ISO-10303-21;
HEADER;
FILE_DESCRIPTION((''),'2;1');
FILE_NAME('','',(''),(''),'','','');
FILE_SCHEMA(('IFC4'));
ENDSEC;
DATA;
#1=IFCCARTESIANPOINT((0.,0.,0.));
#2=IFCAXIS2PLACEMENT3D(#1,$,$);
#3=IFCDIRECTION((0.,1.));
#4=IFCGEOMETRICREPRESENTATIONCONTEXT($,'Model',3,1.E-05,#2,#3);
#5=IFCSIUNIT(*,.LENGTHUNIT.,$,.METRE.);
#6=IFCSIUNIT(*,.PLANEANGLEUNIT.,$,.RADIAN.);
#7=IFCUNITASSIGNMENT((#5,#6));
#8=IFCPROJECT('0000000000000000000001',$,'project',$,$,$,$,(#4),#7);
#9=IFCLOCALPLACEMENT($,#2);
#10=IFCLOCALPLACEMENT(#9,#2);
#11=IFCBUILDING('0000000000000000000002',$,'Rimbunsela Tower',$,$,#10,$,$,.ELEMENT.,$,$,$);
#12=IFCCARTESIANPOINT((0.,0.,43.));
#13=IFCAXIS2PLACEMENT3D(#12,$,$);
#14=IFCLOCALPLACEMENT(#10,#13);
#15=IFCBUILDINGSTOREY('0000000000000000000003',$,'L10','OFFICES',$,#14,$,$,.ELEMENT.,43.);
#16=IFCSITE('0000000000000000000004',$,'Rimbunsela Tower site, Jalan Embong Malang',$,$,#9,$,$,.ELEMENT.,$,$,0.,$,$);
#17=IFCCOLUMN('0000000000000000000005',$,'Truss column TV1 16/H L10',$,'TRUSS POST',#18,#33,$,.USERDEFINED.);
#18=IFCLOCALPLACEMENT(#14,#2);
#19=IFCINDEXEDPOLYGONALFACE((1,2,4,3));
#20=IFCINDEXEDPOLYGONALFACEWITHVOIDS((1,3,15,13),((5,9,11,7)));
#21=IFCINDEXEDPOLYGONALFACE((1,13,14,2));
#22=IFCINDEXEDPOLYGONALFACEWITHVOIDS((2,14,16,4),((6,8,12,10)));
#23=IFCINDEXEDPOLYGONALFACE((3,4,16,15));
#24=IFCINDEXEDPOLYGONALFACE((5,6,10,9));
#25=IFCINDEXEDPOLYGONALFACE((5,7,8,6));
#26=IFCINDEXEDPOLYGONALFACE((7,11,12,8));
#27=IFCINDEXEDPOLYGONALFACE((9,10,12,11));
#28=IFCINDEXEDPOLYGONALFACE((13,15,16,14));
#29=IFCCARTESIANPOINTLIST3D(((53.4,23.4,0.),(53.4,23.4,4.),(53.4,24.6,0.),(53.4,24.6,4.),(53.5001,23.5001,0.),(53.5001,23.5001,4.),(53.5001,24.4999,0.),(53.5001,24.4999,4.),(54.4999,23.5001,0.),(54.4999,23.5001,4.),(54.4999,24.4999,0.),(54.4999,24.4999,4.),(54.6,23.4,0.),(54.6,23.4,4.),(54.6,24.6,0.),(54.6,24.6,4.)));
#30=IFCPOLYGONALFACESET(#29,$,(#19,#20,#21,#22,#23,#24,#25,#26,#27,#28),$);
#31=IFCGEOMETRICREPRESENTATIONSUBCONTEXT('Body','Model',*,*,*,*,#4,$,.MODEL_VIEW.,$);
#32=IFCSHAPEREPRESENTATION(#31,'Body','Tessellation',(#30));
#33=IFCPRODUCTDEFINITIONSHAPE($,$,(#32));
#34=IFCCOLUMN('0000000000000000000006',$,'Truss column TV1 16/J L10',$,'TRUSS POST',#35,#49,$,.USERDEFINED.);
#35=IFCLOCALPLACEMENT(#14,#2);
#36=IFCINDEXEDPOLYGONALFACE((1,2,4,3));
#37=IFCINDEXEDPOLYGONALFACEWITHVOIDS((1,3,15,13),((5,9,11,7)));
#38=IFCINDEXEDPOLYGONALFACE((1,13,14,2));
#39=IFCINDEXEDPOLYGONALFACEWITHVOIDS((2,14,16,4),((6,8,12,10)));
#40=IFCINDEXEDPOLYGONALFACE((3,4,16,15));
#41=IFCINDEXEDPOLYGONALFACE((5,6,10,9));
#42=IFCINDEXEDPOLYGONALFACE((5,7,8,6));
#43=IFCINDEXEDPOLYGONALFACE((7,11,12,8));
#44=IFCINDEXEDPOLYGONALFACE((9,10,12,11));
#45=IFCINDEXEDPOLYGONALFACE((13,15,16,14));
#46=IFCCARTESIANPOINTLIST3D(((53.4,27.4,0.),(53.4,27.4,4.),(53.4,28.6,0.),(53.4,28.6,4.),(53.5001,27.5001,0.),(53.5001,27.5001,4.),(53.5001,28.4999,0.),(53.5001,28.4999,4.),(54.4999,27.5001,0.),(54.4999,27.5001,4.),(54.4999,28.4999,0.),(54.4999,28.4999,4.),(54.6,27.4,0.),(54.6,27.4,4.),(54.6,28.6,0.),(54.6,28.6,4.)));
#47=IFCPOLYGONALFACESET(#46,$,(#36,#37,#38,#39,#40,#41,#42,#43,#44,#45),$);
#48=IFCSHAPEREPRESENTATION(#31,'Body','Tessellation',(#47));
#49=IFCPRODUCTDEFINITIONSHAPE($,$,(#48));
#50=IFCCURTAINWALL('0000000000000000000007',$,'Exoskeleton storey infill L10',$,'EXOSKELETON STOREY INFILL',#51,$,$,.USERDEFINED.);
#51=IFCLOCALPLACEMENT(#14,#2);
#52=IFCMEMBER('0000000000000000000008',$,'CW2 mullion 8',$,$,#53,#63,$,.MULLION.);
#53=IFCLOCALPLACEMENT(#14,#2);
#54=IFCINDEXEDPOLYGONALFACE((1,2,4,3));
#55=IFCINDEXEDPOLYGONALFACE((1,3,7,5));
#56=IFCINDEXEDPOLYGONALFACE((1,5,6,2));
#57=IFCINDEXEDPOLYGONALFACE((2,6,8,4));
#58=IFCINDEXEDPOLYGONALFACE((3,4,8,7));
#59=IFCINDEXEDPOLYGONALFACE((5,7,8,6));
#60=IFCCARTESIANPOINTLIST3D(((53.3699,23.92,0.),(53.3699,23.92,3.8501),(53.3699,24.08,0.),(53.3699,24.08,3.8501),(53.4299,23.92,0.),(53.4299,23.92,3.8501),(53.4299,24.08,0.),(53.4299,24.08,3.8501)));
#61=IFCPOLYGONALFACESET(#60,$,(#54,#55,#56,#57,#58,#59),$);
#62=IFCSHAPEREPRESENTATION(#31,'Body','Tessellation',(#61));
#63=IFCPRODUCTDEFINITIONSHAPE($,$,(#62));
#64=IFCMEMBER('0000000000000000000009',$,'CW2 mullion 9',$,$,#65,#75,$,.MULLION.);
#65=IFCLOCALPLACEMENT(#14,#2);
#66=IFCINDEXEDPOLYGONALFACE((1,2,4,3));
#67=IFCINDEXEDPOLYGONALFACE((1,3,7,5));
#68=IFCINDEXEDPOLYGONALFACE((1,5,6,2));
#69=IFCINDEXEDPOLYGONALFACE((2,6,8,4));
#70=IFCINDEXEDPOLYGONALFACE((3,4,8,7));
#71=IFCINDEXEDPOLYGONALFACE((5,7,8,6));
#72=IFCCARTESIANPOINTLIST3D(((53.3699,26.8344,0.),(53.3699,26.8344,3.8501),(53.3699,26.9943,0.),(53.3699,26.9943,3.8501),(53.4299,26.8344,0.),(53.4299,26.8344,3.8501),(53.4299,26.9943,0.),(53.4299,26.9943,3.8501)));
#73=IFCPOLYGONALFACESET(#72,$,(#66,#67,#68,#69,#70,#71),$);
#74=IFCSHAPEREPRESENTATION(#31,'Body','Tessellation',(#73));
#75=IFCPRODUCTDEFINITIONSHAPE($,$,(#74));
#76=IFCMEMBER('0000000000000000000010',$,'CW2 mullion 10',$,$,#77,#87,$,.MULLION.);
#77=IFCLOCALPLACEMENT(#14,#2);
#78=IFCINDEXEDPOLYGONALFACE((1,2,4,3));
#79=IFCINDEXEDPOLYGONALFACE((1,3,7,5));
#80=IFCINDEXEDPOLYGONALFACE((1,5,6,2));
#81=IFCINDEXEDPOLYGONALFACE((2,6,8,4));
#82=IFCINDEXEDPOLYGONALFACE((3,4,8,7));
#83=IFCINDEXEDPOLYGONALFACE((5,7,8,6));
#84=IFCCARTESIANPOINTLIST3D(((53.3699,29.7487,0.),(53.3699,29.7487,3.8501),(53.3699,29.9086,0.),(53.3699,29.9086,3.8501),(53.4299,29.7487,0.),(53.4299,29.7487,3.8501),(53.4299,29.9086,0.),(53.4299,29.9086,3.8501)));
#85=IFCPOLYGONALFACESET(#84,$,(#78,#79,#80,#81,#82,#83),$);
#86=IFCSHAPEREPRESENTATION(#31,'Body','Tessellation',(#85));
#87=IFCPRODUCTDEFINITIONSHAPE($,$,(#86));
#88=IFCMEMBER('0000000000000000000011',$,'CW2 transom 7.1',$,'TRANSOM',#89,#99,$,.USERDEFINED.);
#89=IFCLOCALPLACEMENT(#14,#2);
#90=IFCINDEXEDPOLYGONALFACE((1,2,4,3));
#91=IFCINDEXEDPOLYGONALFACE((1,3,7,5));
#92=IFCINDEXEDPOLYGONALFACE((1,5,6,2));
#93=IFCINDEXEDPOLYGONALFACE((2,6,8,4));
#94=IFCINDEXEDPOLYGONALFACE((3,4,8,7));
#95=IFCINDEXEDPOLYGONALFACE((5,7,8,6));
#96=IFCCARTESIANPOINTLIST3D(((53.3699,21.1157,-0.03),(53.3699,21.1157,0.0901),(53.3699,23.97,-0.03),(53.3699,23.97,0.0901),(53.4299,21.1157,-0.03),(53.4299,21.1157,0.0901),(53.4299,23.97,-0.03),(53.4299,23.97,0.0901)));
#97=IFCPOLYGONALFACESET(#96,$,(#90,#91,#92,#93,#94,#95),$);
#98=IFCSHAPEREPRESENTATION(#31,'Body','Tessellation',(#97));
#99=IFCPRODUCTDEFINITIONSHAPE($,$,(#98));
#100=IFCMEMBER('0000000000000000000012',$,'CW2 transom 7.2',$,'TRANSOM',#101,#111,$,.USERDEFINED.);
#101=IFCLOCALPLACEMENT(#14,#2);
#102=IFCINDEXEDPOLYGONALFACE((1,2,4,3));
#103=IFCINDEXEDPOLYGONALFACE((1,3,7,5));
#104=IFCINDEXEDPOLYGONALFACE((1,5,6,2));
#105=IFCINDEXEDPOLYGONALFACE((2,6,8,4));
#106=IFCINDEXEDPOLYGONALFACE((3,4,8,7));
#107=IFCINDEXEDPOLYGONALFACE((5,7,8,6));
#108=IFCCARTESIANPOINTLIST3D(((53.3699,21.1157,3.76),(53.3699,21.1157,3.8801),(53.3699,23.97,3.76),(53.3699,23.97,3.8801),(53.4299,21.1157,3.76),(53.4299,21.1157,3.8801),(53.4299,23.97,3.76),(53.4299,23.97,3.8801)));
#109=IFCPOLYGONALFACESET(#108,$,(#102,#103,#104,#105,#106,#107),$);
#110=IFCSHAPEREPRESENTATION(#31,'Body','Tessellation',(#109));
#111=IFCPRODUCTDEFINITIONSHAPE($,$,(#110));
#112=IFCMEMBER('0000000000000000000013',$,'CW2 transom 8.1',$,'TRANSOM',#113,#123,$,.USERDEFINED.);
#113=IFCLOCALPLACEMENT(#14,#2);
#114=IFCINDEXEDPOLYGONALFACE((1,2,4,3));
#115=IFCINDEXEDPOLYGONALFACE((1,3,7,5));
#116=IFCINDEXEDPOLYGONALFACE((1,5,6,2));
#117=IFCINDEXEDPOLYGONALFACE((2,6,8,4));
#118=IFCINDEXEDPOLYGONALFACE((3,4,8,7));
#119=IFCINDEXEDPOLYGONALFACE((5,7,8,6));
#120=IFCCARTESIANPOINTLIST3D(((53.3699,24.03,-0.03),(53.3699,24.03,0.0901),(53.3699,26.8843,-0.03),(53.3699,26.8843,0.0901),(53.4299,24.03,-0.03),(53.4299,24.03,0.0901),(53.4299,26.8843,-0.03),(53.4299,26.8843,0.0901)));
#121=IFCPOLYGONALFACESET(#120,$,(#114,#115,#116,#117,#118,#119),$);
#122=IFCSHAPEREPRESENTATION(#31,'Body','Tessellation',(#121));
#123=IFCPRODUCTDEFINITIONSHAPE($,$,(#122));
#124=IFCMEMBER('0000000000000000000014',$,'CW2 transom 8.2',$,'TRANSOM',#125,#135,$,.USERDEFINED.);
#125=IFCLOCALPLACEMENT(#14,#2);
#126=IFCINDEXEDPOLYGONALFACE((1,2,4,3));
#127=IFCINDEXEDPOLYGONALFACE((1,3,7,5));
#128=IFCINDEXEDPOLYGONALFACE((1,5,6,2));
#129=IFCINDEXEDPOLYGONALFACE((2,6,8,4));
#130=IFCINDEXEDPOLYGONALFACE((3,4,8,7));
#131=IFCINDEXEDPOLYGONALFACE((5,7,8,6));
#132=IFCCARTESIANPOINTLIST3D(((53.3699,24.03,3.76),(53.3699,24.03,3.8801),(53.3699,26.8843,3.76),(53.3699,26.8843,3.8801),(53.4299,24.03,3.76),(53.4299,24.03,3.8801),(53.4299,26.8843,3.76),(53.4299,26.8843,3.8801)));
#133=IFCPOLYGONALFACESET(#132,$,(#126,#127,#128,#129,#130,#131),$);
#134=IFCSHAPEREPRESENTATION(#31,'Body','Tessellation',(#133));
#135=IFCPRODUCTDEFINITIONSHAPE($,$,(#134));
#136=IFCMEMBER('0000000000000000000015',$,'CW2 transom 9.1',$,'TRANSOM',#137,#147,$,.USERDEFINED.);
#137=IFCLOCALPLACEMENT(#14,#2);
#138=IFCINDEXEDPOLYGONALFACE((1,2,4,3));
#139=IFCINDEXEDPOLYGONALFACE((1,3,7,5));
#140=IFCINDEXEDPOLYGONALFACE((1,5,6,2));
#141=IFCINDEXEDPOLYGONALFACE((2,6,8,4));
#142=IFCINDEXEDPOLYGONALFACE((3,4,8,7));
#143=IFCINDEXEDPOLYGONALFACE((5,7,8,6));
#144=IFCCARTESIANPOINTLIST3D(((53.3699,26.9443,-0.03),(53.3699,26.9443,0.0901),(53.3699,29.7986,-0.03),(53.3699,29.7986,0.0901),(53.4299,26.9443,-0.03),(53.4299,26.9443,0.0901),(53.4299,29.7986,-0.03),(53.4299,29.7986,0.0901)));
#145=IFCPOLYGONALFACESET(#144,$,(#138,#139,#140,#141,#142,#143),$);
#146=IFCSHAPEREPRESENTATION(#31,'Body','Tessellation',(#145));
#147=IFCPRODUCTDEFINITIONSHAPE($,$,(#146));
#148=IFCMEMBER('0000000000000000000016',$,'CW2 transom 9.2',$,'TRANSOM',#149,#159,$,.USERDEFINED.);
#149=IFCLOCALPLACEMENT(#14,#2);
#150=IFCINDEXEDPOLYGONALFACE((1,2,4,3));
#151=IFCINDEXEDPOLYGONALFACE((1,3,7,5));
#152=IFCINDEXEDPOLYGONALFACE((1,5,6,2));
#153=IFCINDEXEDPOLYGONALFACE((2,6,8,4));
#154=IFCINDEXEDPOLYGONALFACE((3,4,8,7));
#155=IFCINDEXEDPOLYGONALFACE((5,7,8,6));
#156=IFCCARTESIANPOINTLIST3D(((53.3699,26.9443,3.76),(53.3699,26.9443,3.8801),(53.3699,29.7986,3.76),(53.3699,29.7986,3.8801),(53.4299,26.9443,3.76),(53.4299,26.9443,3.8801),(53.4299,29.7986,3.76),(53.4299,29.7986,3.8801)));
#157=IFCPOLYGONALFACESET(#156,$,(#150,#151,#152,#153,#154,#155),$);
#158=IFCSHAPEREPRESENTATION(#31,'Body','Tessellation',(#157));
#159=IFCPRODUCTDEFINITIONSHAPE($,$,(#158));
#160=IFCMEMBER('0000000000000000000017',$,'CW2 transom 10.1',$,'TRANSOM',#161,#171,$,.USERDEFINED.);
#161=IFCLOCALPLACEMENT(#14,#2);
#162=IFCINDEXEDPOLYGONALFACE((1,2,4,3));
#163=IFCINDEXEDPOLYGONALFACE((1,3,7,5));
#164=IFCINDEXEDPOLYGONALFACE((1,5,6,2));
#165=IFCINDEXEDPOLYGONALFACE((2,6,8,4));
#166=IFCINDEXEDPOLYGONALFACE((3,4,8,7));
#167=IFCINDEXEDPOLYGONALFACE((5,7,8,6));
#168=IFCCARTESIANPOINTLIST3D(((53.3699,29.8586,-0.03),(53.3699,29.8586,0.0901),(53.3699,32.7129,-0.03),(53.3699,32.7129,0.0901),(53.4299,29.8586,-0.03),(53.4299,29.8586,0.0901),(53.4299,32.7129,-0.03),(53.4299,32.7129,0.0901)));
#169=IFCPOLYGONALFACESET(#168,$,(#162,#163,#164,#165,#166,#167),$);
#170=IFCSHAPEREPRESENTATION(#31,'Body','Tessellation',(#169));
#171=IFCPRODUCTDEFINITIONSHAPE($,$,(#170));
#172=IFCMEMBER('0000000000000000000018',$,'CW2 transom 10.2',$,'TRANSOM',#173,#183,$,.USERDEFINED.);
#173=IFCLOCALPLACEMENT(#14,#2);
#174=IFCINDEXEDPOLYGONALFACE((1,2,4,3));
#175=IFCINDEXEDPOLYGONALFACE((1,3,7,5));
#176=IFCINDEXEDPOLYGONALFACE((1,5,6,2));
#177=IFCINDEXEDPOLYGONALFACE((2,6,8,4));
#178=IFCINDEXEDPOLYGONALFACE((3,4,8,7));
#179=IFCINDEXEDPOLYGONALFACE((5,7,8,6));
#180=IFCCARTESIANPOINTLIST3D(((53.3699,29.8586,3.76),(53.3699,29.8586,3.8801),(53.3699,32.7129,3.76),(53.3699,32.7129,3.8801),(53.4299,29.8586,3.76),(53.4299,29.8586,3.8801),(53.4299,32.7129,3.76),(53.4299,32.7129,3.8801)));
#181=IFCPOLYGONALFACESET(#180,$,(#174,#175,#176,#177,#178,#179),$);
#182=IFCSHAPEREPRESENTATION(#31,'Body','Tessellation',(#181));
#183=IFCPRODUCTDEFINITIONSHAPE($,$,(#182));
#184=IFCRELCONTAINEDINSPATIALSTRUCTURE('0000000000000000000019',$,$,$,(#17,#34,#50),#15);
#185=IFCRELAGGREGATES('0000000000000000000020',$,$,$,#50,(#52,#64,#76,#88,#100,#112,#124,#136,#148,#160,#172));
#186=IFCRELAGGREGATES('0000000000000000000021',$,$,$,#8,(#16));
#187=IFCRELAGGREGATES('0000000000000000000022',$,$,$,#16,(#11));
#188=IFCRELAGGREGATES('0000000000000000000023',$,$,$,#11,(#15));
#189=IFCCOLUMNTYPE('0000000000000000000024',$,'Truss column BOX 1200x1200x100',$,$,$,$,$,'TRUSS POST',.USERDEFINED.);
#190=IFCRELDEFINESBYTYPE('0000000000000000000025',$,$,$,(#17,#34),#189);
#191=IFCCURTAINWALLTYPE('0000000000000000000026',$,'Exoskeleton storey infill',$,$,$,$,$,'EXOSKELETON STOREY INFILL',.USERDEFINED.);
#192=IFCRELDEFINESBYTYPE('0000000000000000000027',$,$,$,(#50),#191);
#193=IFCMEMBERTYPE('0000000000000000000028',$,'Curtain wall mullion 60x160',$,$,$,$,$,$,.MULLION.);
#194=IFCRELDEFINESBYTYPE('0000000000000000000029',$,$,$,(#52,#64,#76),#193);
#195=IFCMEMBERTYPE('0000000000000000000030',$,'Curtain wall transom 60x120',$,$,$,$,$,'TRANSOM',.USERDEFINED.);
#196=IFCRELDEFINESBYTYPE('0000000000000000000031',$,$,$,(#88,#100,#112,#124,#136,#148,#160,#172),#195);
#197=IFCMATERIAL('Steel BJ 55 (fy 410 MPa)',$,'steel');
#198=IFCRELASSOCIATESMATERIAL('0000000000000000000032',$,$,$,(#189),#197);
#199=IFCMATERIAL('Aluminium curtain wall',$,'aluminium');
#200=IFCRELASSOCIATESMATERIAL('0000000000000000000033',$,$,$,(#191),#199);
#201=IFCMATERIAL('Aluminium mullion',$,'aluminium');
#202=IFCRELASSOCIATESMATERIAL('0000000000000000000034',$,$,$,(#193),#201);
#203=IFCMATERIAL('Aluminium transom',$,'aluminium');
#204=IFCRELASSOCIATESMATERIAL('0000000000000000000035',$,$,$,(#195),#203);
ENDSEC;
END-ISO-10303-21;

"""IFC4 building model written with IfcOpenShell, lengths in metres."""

from ifc_helpers import new_model, si_unit, direction, frame, origin, origin_2d, place, context, subcontext, project, spatial, rectangle, hollow_rectangle, extrude, material, material_profile, profile_set, type_object, element, aggregate, save


model = new_model("IFC4")

# Units and contexts
model_context = context("Model", 3, precision=1e-05, world=origin(), true_north=direction((0.0, 1.0)))
body_context = subcontext(model_context, "Body", "Model", "MODEL_VIEW")
ifc_project = project(units=[si_unit("LENGTHUNIT", "METRE"), si_unit("PLANEANGLEUNIT", "RADIAN")], contexts=[model_context])

# Site, building, storey
site_placement = place(None, origin())
site = spatial("IfcSite", under=ifc_project, at=site_placement, Name="Rimbunsela Tower site, Jalan Embong Malang", CompositionType="ELEMENT", RefElevation=0.0)
building_placement = place(site_placement, origin())
building = spatial("IfcBuilding", under=site, at=building_placement, Name="Rimbunsela Tower", CompositionType="ELEMENT")
storey_placement = place(building_placement, frame((0.0, 0.0, 43.0)))
storey = spatial("IfcBuildingStorey", under=building, at=storey_placement, Name="L10", Description="OFFICES", CompositionType="ELEMENT", Elevation=43.0)

# Columns
ifc_material_1 = material(Name="Steel BJ 55 (fy 410 MPa)", Category="steel")
ifc_material_profile_1 = material_profile(ifc_material_1, hollow_rectangle(XDim=1.2, YDim=1.2, WallThickness=0.1001, at=origin_2d()), Name="BOX 1200x1200x100")
ifc_profile_set_1 = profile_set([ifc_material_profile_1], Name="Steel BJ 55 (fy 410 MPa)")
column_type = type_object("IfcColumnType", Name="Truss column BOX 1200x1200x100", ElementType="TRUSS POST", PredefinedType="USERDEFINED", material=ifc_profile_set_1)
for number, where, z_axis, x_axis, name in (
    (1, (54.0, 24.0, 0.0), (0.0, 0.0, 1.0), (1.0, 0.0, 0.0), "Truss column TV1 16/H L10"),
    (2, (54.0, 28.0, 0.0), (0.0, 0.0, 1.0), (1.0, 0.0, 0.0), "Truss column TV1 16/J L10"),
):
    element("IfcColumn", number, at=place(storey_placement, frame(where, z_axis=z_axis, x_axis=x_axis)), inside=storey, type_object=column_type, Name=name, ObjectType="TRUSS POST", PredefinedType="USERDEFINED", context=body_context, shape_type="SweptSolid", body=[
        extrude(hollow_rectangle(XDim=1.2, YDim=1.2, WallThickness=0.1001, at=origin_2d()), origin(), (0.0, 0.0, 1.0), 4.0),
    ])

# Curtain wall, members
ifc_material_2 = material(Name="Aluminium curtain wall", Category="aluminium")
curtain_wall_type = type_object("IfcCurtainWallType", Name="Exoskeleton storey infill", ElementType="EXOSKELETON STOREY INFILL", PredefinedType="USERDEFINED", material=ifc_material_2)
curtain_wall_placement = place(storey_placement, origin())
curtain_wall = element("IfcCurtainWall", 3, at=curtain_wall_placement, inside=storey, type_object=curtain_wall_type, Name="Exoskeleton storey infill L10", ObjectType="EXOSKELETON STOREY INFILL", PredefinedType="USERDEFINED")
ifc_material_3 = material(Name="Aluminium mullion", Category="aluminium")
ifc_material_profile_2 = material_profile(ifc_material_3, rectangle(XDim=0.0601, YDim=0.1599, at=origin_2d()), Name="Mullion 60x160")
ifc_profile_set_2 = profile_set([ifc_material_profile_2], Name="Aluminium mullion")
member_type_1 = type_object("IfcMemberType", Name="Curtain wall mullion 60x160", PredefinedType="MULLION", material=ifc_profile_set_2)
member_1_placement = place(storey_placement, frame((53.3999, 24.0, 0.0), z_axis=(0.0, 0.0, 1.0), x_axis=(-1.0, 0.0, 0.0)))
member_1 = element("IfcMember", 4, at=member_1_placement, type_object=member_type_1, Name="CW2 mullion 8", PredefinedType="MULLION", context=body_context, shape_type="SweptSolid", body=[
    extrude(rectangle(XDim=0.0601, YDim=0.1599, at=origin_2d()), origin(), (0.0, 0.0, 1.0), 3.8501),
])
member_2_placement = place(storey_placement, frame((53.3999, 26.9143, 0.0), z_axis=(0.0, 0.0, 1.0), x_axis=(-1.0, 0.0, 0.0)))
member_2 = element("IfcMember", 5, at=member_2_placement, type_object=member_type_1, Name="CW2 mullion 9", PredefinedType="MULLION", context=body_context, shape_type="SweptSolid", body=[
    extrude(rectangle(XDim=0.0601, YDim=0.1599, at=origin_2d()), origin(), (0.0, 0.0, 1.0), 3.8501),
])
member_3_placement = place(storey_placement, frame((53.3999, 29.8286, 0.0), z_axis=(0.0, 0.0, 1.0), x_axis=(-1.0, 0.0, 0.0)))
member_3 = element("IfcMember", 6, at=member_3_placement, type_object=member_type_1, Name="CW2 mullion 10", PredefinedType="MULLION", context=body_context, shape_type="SweptSolid", body=[
    extrude(rectangle(XDim=0.0601, YDim=0.1599, at=origin_2d()), origin(), (0.0, 0.0, 1.0), 3.8501),
])
ifc_material_4 = material(Name="Aluminium transom", Category="aluminium")
ifc_material_profile_3 = material_profile(ifc_material_4, rectangle(XDim=0.0601, YDim=0.1201, at=origin_2d()), Name="Transom 60x120")
ifc_profile_set_3 = profile_set([ifc_material_profile_3], Name="Aluminium transom")
member_type_2 = type_object("IfcMemberType", Name="Curtain wall transom 60x120", ElementType="TRANSOM", PredefinedType="USERDEFINED", material=ifc_profile_set_3)
member_4_placement = place(storey_placement, frame((53.3999, 21.1157, 0.03), z_axis=(0.0, 1.0, 0.0), x_axis=(-1.0, 0.0, 0.0)))
member_4 = element("IfcMember", 7, at=member_4_placement, type_object=member_type_2, Name="CW2 transom 7.1", ObjectType="TRANSOM", PredefinedType="USERDEFINED", context=body_context, shape_type="SweptSolid", body=[
    extrude(rectangle(XDim=0.0601, YDim=0.1201, at=origin_2d()), origin(), (0.0, 0.0, 1.0), 2.8542),
])
member_5_placement = place(storey_placement, frame((53.3999, 21.1157, 3.8201), z_axis=(0.0, 1.0, 0.0), x_axis=(-1.0, 0.0, 0.0)))
member_5 = element("IfcMember", 8, at=member_5_placement, type_object=member_type_2, Name="CW2 transom 7.2", ObjectType="TRANSOM", PredefinedType="USERDEFINED", context=body_context, shape_type="SweptSolid", body=[
    extrude(rectangle(XDim=0.0601, YDim=0.1201, at=origin_2d()), origin(), (0.0, 0.0, 1.0), 2.8542),
])
member_6_placement = place(storey_placement, frame((53.3999, 24.03, 0.03), z_axis=(0.0, 1.0, 0.0), x_axis=(-1.0, 0.0, 0.0)))
member_6 = element("IfcMember", 9, at=member_6_placement, type_object=member_type_2, Name="CW2 transom 8.1", ObjectType="TRANSOM", PredefinedType="USERDEFINED", context=body_context, shape_type="SweptSolid", body=[
    extrude(rectangle(XDim=0.0601, YDim=0.1201, at=origin_2d()), origin(), (0.0, 0.0, 1.0), 2.8542),
])
member_7_placement = place(storey_placement, frame((53.3999, 24.03, 3.8201), z_axis=(0.0, 1.0, 0.0), x_axis=(-1.0, 0.0, 0.0)))
member_7 = element("IfcMember", 10, at=member_7_placement, type_object=member_type_2, Name="CW2 transom 8.2", ObjectType="TRANSOM", PredefinedType="USERDEFINED", context=body_context, shape_type="SweptSolid", body=[
    extrude(rectangle(XDim=0.0601, YDim=0.1201, at=origin_2d()), origin(), (0.0, 0.0, 1.0), 2.8542),
])
member_8_placement = place(storey_placement, frame((53.3999, 26.9443, 0.03), z_axis=(0.0, 1.0, 0.0), x_axis=(-1.0, 0.0, 0.0)))
member_8 = element("IfcMember", 11, at=member_8_placement, type_object=member_type_2, Name="CW2 transom 9.1", ObjectType="TRANSOM", PredefinedType="USERDEFINED", context=body_context, shape_type="SweptSolid", body=[
    extrude(rectangle(XDim=0.0601, YDim=0.1201, at=origin_2d()), origin(), (0.0, 0.0, 1.0), 2.8542),
])
member_9_placement = place(storey_placement, frame((53.3999, 26.9443, 3.8201), z_axis=(0.0, 1.0, 0.0), x_axis=(-1.0, 0.0, 0.0)))
member_9 = element("IfcMember", 12, at=member_9_placement, type_object=member_type_2, Name="CW2 transom 9.2", ObjectType="TRANSOM", PredefinedType="USERDEFINED", context=body_context, shape_type="SweptSolid", body=[
    extrude(rectangle(XDim=0.0601, YDim=0.1201, at=origin_2d()), origin(), (0.0, 0.0, 1.0), 2.8542),
])
member_10_placement = place(storey_placement, frame((53.3999, 29.8586, 0.03), z_axis=(0.0, 1.0, 0.0), x_axis=(-1.0, 0.0, 0.0)))
member_10 = element("IfcMember", 13, at=member_10_placement, type_object=member_type_2, Name="CW2 transom 10.1", ObjectType="TRANSOM", PredefinedType="USERDEFINED", context=body_context, shape_type="SweptSolid", body=[
    extrude(rectangle(XDim=0.0601, YDim=0.1201, at=origin_2d()), origin(), (0.0, 0.0, 1.0), 2.8542),
])
member_11_placement = place(storey_placement, frame((53.3999, 29.8586, 3.8201), z_axis=(0.0, 1.0, 0.0), x_axis=(-1.0, 0.0, 0.0)))
member_11 = element("IfcMember", 14, at=member_11_placement, type_object=member_type_2, Name="CW2 transom 10.2", ObjectType="TRANSOM", PredefinedType="USERDEFINED", context=body_context, shape_type="SweptSolid", body=[
    extrude(rectangle(XDim=0.0601, YDim=0.1201, at=origin_2d()), origin(), (0.0, 0.0, 1.0), 2.8542),
])

aggregate(curtain_wall, [member_1, member_2, member_3, member_4, member_5, member_6, member_7, member_8, member_9, member_10, member_11])

save(model, "model.ifc")
